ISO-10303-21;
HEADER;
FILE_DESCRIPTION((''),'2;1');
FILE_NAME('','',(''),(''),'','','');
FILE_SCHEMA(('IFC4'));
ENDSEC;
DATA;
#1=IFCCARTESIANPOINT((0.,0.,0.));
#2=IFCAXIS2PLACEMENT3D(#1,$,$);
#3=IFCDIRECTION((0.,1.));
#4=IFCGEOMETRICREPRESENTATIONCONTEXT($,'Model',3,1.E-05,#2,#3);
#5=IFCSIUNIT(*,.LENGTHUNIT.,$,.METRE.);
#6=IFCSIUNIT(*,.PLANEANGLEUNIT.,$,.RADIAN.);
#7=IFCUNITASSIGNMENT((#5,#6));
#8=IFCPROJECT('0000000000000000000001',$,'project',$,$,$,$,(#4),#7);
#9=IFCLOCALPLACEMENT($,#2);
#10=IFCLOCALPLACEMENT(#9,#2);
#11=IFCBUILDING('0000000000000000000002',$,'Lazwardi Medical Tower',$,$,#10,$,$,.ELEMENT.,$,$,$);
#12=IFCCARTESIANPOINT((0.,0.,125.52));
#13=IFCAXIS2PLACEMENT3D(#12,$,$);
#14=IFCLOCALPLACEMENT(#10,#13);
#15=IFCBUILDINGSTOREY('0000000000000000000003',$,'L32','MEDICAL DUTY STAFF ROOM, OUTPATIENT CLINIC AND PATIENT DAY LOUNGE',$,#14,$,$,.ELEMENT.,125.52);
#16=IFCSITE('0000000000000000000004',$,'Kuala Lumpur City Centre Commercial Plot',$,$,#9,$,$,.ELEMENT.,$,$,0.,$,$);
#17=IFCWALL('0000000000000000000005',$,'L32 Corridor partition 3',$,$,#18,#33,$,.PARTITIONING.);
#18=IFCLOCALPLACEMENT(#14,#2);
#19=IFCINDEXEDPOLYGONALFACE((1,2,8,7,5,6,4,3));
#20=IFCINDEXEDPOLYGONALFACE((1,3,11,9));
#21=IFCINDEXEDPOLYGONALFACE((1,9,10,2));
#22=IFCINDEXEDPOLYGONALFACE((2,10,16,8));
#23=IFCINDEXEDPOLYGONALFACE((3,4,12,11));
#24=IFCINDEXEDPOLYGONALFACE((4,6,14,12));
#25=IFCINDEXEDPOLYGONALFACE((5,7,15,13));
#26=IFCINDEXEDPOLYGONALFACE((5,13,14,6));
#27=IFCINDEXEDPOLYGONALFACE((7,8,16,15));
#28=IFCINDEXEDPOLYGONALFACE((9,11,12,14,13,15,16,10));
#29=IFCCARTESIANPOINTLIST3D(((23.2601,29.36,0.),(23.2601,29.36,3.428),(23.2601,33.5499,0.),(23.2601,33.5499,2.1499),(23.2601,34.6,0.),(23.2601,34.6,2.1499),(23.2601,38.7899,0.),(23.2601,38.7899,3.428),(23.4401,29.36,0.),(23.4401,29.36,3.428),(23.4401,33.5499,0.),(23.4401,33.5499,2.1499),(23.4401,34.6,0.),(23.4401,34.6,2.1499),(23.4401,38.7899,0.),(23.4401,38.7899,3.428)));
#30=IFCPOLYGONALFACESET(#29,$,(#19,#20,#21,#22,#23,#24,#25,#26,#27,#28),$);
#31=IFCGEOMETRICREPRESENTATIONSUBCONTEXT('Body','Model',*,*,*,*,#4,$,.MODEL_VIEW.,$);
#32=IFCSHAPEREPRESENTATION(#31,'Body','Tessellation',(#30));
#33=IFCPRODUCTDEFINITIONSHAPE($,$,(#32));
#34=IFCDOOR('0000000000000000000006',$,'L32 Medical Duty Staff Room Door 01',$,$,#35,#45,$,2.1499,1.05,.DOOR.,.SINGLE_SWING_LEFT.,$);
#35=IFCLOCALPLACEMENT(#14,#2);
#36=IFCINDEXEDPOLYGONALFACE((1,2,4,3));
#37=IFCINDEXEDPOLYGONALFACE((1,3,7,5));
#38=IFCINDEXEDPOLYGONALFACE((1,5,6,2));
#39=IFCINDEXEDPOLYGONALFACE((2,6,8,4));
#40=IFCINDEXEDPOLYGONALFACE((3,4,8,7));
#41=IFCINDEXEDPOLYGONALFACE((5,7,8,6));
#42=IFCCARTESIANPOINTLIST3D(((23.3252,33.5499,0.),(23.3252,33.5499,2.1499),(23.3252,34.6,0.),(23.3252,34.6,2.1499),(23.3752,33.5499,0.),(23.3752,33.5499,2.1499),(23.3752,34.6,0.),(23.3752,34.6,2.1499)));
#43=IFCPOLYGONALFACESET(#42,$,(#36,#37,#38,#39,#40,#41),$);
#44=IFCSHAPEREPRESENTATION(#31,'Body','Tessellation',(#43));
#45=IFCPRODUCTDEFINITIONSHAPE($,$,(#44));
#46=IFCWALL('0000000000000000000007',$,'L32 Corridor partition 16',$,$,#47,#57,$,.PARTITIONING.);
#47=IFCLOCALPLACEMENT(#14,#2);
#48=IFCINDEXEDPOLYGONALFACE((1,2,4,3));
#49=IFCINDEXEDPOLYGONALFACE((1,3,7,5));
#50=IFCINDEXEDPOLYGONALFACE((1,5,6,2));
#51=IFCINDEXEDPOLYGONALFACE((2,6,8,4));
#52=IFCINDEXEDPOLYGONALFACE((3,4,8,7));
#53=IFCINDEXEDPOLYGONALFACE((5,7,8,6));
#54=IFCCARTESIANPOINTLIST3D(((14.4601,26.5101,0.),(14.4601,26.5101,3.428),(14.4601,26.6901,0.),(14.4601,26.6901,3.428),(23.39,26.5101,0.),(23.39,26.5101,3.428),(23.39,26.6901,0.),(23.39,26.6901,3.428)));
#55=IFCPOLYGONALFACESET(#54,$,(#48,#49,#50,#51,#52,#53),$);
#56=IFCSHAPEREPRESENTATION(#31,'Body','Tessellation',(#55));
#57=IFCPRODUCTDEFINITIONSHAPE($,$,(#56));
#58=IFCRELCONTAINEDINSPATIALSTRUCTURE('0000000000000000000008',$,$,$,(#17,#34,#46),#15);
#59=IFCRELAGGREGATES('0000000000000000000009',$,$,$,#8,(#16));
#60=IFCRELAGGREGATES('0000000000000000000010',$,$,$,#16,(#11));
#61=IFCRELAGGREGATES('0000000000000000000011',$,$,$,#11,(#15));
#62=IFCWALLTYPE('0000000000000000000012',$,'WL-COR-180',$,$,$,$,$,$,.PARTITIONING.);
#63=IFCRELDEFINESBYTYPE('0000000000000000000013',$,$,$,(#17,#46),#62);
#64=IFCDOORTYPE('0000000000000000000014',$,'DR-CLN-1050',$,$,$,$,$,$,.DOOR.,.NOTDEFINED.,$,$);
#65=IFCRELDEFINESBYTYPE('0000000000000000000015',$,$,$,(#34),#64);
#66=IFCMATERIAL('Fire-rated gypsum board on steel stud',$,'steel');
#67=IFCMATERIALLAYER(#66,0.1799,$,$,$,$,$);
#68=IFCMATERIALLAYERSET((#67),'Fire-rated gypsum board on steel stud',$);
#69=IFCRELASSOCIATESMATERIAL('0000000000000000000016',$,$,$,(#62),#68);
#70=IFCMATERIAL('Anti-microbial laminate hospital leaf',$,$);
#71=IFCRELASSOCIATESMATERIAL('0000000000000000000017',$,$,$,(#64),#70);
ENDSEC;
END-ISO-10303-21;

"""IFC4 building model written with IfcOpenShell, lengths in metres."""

from ifc_helpers import new_model, si_unit, direction, frame, frame_2d, origin, place, context, subcontext, project, spatial, rectangle, extrude, material, layer, layer_set, type_object, element, fill, save


model = new_model("IFC4")

# Units and contexts
model_context = context("Model", 3, precision=1e-05, world=origin(), true_north=direction((0.0, 1.0)))
body_context = subcontext(model_context, "Body", "Model", "MODEL_VIEW")
ifc_project = project(units=[si_unit("LENGTHUNIT", "METRE"), si_unit("PLANEANGLEUNIT", "RADIAN")], contexts=[model_context])

# Site, building, storey
site_placement = place(None, origin())
site = spatial("IfcSite", under=ifc_project, at=site_placement, Name="Kuala Lumpur City Centre Commercial Plot", CompositionType="ELEMENT", RefElevation=0.0)
building_placement = place(site_placement, origin())
building = spatial("IfcBuilding", under=site, at=building_placement, Name="Lazwardi Medical Tower", CompositionType="ELEMENT")
storey_placement = place(building_placement, frame((0.0, 0.0, 125.52)))
storey = spatial("IfcBuildingStorey", under=building, at=storey_placement, Name="L32", Description="MEDICAL DUTY STAFF ROOM, OUTPATIENT CLINIC AND PATIENT DAY LOUNGE", CompositionType="ELEMENT", Elevation=125.52)

# Wall, opening, door
ifc_material_1 = material(Name="Fire-rated gypsum board on steel stud", Category="steel")
ifc_layer_1 = layer(ifc_material_1, 0.1799)
ifc_layer_set_1 = layer_set([ifc_layer_1], Name="Fire-rated gypsum board on steel stud")
wall_type_1 = type_object("IfcWallType", Name="WL-COR-180", PredefinedType="PARTITIONING", material=ifc_layer_set_1)
wall_1_placement = place(storey_placement, frame((23.3501, 29.3601, 0.0), z_axis=(0.0, 0.0, 1.0), x_axis=(0.0, 1.0, 0.0)))
wall_1 = element("IfcWall", 1, at=wall_1_placement, inside=storey, type_object=wall_type_1, Name="L32 Corridor partition 3", PredefinedType="PARTITIONING", context=body_context, shape_type="SweptSolid", body=[
    extrude(rectangle(XDim=9.4299, YDim=0.1799, at=frame_2d((4.7148, 0.0))), origin(), (0.0, 0.0, 1.0), 3.428),
])
opening_1_placement = place(wall_1_placement, frame((4.1899, 0.0, 0.0)))
opening_1 = element("IfcOpeningElement", 2, at=opening_1_placement, cuts=wall_1, PredefinedType="OPENING", context=body_context, shape_type="SweptSolid", body=[
    extrude(rectangle(XDim=1.05, YDim=2.1499, at=frame_2d((0.5249, 1.075))), frame((0.0, 0.0999, 0.0), z_axis=(0.0, -1.0, 0.0), x_axis=(1.0, 0.0, 0.0)), (0.0, 0.0, 1.0), 0.2),
])
ifc_material_2 = material(Name="Anti-microbial laminate hospital leaf")
door_type_1 = type_object("IfcDoorType", Name="DR-CLN-1050", OperationType="NOTDEFINED", PredefinedType="DOOR", material=ifc_material_2)
door_1_placement = place(opening_1_placement, origin())
door_1 = element("IfcDoor", 3, at=door_1_placement, inside=storey, type_object=door_type_1, Name="L32 Medical Duty Staff Room Door 01", OperationType="SINGLE_SWING_LEFT", OverallHeight=2.1499, OverallWidth=1.05, PredefinedType="DOOR", context=body_context, shape_type="SweptSolid", body=[
    extrude(rectangle(XDim=1.05, YDim=2.1499, at=frame_2d((0.5249, 1.075))), frame((0.0, 0.0249, 0.0), z_axis=(0.0, -1.0, 0.0), x_axis=(1.0, 0.0, 0.0)), (0.0, 0.0, 1.0), 0.05),
])
fill(opening_1, door_1)

# Wall
wall_2_placement = place(storey_placement, frame((23.3899, 26.6001, 0.0), z_axis=(0.0, 0.0, 1.0), x_axis=(-1.0, 0.0, 0.0)))
element("IfcWall", 4, at=wall_2_placement, inside=storey, type_object=wall_type_1, Name="L32 Corridor partition 16", PredefinedType="PARTITIONING", context=body_context, shape_type="SweptSolid", body=[
    extrude(rectangle(XDim=8.9299, YDim=0.1799, at=frame_2d((4.4648, 0.0))), origin(), (0.0, 0.0, 1.0), 3.428),
])

save(model, "model.ifc")
